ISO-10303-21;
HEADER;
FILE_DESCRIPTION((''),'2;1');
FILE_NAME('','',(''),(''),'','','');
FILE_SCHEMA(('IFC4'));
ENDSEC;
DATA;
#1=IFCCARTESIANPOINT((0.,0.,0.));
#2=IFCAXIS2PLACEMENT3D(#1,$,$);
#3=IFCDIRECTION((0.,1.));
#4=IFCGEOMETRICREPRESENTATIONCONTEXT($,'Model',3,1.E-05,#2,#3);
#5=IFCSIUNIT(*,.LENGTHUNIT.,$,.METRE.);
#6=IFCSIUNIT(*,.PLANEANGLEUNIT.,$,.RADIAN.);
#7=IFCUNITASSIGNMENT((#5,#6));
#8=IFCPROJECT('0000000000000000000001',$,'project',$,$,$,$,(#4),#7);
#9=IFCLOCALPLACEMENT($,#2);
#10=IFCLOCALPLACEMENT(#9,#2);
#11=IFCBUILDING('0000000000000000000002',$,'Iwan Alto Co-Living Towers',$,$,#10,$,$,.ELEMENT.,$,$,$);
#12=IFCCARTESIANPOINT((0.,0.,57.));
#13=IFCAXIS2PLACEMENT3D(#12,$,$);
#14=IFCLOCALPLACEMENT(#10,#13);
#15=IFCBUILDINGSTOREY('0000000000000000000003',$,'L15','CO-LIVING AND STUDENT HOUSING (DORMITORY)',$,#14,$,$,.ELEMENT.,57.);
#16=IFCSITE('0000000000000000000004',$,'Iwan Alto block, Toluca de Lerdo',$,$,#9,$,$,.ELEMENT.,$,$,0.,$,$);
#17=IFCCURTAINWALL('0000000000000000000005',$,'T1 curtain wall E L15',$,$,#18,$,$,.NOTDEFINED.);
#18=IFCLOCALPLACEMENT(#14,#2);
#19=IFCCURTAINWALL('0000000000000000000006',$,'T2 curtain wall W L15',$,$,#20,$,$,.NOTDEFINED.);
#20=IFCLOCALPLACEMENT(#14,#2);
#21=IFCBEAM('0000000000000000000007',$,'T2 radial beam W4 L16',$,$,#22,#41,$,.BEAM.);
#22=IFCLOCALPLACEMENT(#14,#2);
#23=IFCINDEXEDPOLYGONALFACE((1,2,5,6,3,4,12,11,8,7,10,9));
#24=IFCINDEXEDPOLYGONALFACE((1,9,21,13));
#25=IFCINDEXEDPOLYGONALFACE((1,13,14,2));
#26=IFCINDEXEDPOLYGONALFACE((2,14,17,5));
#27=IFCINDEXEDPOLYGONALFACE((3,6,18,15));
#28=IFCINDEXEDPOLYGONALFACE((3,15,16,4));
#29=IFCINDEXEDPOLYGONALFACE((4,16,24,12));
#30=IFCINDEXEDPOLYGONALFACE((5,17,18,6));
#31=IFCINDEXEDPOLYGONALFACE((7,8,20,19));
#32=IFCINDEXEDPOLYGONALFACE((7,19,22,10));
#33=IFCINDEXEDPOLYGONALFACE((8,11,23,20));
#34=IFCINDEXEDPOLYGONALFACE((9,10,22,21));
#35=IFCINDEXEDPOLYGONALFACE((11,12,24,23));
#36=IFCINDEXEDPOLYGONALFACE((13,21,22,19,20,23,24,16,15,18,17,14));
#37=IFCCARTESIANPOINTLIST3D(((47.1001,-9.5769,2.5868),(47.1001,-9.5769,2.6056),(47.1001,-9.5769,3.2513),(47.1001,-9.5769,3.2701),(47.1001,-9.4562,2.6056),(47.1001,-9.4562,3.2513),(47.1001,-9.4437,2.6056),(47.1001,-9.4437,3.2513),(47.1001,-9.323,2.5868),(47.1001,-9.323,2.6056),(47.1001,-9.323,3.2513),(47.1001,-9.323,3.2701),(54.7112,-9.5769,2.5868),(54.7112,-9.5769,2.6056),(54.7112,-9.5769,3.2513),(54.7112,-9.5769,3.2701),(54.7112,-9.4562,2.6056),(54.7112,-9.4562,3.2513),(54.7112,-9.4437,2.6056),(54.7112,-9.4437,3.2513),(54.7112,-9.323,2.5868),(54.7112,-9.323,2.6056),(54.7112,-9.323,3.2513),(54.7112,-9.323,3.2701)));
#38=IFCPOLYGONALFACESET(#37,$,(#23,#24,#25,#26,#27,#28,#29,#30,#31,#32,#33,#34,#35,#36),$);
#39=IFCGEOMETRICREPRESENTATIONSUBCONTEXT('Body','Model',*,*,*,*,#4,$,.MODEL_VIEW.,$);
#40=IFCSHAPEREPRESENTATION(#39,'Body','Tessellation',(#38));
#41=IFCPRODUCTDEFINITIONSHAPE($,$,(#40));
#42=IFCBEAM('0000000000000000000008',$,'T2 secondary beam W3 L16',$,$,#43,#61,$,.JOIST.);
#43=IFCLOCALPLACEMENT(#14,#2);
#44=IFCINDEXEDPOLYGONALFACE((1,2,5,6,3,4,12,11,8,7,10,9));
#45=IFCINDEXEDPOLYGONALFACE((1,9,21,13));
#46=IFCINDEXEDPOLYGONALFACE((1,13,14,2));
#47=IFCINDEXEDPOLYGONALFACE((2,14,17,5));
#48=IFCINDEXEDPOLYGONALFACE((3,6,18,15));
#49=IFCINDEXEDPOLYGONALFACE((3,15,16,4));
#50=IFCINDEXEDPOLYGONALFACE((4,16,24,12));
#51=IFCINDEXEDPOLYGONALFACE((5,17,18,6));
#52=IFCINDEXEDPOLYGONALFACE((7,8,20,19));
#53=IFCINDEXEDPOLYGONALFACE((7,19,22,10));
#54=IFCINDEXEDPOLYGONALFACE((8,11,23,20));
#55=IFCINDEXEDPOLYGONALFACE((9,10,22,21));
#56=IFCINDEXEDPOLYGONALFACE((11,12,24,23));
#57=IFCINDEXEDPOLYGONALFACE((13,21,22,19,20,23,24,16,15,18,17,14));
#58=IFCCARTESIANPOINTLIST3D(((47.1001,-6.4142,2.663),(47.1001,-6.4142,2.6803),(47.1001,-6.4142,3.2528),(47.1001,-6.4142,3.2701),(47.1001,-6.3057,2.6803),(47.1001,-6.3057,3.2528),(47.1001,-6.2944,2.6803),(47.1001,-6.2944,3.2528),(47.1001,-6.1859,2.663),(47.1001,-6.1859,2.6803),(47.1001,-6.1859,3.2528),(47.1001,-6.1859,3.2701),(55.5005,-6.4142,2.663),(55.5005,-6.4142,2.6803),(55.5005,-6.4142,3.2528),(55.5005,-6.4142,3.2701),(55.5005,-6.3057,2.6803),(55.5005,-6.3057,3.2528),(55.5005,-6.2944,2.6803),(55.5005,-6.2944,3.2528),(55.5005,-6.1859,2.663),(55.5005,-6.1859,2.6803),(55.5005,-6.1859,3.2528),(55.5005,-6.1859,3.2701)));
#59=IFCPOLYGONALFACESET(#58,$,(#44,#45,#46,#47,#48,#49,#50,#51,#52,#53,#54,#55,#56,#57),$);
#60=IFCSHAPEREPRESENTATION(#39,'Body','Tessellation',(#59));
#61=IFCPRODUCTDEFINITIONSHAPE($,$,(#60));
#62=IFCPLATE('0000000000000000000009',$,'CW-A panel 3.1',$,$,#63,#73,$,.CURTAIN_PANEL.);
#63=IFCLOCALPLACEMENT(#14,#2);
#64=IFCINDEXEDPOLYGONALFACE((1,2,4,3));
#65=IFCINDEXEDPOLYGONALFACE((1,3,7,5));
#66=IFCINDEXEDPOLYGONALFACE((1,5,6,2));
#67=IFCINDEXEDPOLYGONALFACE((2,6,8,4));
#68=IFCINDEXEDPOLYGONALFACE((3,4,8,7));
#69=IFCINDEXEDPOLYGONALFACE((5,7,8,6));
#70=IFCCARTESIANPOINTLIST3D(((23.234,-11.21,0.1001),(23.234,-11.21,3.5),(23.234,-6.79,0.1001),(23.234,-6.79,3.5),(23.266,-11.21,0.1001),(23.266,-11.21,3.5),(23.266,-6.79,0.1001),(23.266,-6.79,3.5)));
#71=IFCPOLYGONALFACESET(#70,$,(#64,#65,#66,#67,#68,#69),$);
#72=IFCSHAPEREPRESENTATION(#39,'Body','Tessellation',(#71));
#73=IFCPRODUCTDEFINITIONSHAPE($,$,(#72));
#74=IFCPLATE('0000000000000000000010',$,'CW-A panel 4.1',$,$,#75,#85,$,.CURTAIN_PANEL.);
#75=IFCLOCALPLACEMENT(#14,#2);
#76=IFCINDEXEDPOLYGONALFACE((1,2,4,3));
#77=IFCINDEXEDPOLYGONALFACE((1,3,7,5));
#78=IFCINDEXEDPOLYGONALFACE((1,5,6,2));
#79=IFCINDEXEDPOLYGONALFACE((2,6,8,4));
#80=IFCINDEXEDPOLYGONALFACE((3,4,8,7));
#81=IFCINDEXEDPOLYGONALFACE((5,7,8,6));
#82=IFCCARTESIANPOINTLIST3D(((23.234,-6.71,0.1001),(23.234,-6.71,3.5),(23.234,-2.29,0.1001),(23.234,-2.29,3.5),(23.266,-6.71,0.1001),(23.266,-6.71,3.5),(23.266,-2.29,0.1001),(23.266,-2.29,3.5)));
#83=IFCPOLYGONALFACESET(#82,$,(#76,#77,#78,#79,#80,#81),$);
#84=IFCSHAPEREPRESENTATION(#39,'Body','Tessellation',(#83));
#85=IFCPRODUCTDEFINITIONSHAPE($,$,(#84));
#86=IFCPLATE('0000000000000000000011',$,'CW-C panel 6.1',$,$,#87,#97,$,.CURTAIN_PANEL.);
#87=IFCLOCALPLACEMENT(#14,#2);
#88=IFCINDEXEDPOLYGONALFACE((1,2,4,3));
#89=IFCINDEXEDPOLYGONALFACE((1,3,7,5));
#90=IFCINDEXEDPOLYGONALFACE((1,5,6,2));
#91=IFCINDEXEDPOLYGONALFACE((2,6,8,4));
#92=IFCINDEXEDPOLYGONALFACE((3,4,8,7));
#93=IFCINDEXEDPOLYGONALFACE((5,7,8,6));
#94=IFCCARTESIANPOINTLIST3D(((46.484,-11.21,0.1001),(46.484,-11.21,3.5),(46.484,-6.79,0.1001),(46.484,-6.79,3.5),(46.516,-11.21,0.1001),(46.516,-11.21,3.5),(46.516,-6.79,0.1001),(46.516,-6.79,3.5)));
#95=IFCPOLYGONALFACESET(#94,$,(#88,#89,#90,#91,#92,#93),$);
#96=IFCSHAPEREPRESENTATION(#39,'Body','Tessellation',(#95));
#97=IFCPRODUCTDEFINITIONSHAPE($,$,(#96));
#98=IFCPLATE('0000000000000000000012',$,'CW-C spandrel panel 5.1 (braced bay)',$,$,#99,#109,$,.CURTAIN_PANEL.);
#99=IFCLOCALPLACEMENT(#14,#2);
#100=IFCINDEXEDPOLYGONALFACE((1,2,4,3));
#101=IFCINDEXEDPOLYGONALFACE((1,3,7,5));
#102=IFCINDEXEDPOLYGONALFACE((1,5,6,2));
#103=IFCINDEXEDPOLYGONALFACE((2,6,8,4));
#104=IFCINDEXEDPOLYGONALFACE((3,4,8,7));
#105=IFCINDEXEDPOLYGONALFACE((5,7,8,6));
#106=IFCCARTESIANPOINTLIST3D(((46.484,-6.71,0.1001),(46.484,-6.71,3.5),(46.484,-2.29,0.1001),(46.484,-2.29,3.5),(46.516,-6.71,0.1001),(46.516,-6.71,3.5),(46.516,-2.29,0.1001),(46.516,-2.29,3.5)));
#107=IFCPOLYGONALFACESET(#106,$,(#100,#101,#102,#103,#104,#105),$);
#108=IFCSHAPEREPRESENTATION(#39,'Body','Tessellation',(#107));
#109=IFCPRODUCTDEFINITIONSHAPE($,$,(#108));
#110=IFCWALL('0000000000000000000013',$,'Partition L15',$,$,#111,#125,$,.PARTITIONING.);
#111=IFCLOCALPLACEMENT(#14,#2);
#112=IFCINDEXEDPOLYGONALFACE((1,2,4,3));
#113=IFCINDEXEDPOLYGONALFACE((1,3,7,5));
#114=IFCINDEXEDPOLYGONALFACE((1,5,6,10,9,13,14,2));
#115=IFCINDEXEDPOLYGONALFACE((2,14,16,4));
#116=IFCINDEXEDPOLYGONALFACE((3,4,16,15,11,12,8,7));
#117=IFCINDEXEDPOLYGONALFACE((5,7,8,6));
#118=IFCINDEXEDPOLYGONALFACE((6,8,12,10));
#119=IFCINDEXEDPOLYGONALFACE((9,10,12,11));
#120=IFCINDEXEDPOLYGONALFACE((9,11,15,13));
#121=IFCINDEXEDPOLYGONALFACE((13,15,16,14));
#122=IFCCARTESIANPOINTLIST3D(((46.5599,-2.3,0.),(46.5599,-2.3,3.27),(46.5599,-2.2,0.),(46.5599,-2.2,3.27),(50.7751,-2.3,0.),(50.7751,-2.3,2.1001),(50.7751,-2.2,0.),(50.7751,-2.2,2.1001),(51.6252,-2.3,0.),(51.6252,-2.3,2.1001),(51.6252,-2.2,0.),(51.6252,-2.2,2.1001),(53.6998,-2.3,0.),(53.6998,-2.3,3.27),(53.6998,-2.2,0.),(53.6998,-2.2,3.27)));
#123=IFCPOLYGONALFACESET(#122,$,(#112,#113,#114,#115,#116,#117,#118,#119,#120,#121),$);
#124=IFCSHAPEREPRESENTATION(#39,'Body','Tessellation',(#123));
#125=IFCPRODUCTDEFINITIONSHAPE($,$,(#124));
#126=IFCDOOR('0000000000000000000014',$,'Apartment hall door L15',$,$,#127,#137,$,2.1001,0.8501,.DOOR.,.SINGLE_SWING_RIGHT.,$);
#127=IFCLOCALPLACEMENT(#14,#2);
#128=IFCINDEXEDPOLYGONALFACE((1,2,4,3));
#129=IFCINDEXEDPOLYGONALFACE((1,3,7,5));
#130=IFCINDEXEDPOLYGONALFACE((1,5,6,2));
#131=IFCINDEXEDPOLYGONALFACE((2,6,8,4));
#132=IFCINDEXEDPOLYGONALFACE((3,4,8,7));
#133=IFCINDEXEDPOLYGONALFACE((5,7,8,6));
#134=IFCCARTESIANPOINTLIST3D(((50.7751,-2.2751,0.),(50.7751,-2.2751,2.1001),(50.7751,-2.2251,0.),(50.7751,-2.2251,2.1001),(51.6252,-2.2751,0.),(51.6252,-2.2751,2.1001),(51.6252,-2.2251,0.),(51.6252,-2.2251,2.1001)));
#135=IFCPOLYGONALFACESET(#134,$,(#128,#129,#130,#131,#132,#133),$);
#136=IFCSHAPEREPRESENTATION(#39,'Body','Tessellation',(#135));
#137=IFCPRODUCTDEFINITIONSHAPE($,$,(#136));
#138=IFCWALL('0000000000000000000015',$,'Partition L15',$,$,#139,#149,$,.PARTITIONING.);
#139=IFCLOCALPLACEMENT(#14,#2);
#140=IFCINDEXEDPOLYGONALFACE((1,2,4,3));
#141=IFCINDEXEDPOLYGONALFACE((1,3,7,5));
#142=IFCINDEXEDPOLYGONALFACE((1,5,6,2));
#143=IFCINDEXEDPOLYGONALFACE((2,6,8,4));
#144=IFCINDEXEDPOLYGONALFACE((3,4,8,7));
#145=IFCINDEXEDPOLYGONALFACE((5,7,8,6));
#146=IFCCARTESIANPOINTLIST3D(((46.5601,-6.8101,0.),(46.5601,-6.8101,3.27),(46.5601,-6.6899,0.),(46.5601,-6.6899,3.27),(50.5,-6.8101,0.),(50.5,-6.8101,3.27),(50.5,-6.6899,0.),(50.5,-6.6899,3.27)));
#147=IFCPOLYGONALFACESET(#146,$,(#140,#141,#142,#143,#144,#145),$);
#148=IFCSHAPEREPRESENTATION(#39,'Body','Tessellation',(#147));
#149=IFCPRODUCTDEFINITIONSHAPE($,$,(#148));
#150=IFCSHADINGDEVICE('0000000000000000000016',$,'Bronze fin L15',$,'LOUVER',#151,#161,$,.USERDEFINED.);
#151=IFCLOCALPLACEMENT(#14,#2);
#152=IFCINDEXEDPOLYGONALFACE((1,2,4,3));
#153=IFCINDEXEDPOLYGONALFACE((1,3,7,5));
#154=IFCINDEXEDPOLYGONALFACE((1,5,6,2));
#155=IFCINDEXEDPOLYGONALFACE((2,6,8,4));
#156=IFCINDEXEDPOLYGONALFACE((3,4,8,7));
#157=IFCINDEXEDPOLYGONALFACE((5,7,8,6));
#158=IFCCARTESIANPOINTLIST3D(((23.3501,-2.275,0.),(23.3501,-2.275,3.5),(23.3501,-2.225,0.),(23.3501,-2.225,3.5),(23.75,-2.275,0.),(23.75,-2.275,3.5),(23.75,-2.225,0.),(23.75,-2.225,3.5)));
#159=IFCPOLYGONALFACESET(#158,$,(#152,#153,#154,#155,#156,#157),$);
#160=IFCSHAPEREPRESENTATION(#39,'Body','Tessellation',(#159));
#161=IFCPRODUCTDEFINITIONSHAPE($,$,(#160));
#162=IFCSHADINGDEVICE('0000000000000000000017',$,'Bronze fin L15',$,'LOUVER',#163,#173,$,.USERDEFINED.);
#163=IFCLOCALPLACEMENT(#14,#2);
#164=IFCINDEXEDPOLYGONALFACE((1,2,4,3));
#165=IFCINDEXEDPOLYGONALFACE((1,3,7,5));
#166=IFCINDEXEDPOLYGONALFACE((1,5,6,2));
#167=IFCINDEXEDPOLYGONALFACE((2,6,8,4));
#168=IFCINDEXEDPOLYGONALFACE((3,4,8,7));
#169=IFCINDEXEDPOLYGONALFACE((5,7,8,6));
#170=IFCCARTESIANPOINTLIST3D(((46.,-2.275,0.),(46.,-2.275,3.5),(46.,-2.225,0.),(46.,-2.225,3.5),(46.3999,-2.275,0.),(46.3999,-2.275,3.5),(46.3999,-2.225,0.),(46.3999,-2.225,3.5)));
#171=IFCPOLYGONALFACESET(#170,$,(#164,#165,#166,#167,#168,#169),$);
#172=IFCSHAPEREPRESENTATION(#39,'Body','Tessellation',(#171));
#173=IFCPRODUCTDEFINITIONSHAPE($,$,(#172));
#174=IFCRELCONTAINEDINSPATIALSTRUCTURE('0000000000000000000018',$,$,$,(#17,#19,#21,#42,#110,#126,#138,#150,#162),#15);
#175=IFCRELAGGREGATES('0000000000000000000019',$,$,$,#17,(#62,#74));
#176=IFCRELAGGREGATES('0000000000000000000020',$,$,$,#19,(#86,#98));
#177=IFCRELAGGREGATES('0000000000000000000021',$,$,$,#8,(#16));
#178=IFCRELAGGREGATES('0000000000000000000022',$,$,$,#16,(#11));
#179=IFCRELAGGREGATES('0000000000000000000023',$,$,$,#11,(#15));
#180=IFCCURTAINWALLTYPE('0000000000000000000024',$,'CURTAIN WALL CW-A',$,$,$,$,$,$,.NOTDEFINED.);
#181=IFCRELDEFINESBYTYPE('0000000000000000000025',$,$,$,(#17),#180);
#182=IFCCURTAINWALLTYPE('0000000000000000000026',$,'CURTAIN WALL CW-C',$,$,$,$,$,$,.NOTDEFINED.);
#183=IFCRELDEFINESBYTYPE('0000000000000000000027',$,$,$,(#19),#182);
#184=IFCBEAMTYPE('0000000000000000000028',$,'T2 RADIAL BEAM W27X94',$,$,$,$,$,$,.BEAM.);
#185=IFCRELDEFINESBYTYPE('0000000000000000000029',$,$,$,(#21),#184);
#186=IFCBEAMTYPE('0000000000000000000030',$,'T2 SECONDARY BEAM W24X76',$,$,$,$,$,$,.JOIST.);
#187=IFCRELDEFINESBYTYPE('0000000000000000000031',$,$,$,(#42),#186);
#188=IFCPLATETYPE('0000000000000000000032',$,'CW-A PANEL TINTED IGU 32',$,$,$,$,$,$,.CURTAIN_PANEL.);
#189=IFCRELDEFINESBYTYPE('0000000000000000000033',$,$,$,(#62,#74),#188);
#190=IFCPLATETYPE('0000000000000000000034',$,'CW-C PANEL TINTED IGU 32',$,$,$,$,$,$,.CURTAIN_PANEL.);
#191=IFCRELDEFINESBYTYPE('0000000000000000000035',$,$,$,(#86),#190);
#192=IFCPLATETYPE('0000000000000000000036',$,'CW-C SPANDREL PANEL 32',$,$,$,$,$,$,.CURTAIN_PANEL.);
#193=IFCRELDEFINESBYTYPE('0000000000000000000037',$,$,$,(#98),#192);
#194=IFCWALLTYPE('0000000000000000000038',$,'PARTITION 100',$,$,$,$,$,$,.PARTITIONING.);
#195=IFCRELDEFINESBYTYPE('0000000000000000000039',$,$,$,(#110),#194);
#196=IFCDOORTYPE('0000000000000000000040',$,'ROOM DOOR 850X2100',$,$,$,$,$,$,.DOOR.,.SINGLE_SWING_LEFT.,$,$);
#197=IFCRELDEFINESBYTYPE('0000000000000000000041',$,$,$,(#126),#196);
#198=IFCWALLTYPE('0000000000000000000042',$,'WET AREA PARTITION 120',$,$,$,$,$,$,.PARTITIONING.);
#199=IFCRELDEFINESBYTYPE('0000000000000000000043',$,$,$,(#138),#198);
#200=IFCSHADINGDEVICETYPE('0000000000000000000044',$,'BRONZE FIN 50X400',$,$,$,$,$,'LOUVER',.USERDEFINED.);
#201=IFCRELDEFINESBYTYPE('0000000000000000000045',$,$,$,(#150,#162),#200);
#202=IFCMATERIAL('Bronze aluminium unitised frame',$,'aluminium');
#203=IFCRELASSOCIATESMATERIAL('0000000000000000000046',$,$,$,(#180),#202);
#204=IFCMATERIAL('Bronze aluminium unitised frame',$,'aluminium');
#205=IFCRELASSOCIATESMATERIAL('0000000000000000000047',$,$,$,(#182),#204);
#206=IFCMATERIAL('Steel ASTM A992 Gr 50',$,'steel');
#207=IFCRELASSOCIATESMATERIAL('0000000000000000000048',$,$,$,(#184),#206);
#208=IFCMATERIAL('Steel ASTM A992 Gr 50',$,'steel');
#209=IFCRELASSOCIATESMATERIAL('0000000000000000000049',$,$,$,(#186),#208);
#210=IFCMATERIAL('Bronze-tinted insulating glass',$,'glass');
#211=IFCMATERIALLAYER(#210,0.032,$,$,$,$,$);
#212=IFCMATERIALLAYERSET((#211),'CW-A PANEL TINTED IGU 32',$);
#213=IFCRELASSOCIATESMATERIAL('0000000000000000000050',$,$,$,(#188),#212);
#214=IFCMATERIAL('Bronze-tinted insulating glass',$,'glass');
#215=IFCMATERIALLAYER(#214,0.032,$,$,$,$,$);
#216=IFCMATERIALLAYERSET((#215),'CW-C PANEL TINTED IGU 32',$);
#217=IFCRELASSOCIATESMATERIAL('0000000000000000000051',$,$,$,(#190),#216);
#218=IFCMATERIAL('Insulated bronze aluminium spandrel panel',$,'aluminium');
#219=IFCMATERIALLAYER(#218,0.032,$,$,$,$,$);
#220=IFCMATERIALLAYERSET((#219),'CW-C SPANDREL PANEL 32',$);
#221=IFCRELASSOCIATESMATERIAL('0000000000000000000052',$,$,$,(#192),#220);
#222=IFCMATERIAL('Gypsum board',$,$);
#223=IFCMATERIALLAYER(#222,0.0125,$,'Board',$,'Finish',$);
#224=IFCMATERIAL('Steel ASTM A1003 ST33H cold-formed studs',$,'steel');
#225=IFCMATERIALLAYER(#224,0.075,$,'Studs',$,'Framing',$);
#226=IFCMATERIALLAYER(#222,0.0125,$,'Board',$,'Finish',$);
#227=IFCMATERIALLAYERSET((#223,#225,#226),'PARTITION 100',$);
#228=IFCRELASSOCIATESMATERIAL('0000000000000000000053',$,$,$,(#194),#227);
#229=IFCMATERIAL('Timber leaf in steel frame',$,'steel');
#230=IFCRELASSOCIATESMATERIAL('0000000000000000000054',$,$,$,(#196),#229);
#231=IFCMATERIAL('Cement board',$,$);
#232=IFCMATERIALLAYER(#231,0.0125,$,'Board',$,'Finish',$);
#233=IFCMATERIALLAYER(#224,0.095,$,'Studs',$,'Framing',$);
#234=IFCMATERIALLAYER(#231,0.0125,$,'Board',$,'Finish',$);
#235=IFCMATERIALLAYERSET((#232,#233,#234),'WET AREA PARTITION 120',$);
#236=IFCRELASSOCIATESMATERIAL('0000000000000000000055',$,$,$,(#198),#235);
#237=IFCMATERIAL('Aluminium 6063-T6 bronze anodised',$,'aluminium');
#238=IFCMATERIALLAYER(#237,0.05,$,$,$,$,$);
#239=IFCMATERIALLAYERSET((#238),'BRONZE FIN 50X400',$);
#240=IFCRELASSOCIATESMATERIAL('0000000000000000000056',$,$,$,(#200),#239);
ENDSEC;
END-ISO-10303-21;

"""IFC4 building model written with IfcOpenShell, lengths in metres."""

from ifc_helpers import new_model, si_unit, direction, frame, frame_2d, origin, origin_2d, place, context, subcontext, project, spatial, rectangle, i_section, extrude, material, layer, layer_set, material_profile, profile_set, type_object, element, fill, aggregate, save


model = new_model("IFC4")

# Units and contexts
model_context = context("Model", 3, precision=1e-05, world=origin(), true_north=direction((0.0, 1.0)))
body_context = subcontext(model_context, "Body", "Model", "MODEL_VIEW")
ifc_project = project(units=[si_unit("LENGTHUNIT", "METRE"), si_unit("PLANEANGLEUNIT", "RADIAN")], contexts=[model_context])

# Site, building, storey
site_placement = place(None, origin())
site = spatial("IfcSite", under=ifc_project, at=site_placement, Name="Iwan Alto block, Toluca de Lerdo", CompositionType="ELEMENT", RefElevation=0.0)
building_placement = place(site_placement, origin())
building = spatial("IfcBuilding", under=site, at=building_placement, Name="Iwan Alto Co-Living Towers", CompositionType="ELEMENT")
storey_placement = place(building_placement, frame((0.0, 0.0, 57.0)))
storey = spatial("IfcBuildingStorey", under=building, at=storey_placement, Name="L15", Description="CO-LIVING AND STUDENT HOUSING (DORMITORY)", CompositionType="ELEMENT", Elevation=57.0)

# Curtain walls
ifc_material_1 = material(Name="Bronze aluminium unitised frame", Category="aluminium")
curtain_wall_type_1 = type_object("IfcCurtainWallType", Name="CURTAIN WALL CW-A", PredefinedType="NOTDEFINED", material=ifc_material_1)
curtain_wall_1_placement = place(storey_placement, origin())
curtain_wall_1 = element("IfcCurtainWall", 1, at=curtain_wall_1_placement, inside=storey, type_object=curtain_wall_type_1, Name="T1 curtain wall E L15", PredefinedType="NOTDEFINED")
ifc_material_2 = material(Name="Bronze aluminium unitised frame", Category="aluminium")
curtain_wall_type_2 = type_object("IfcCurtainWallType", Name="CURTAIN WALL CW-C", PredefinedType="NOTDEFINED", material=ifc_material_2)
curtain_wall_2_placement = place(storey_placement, origin())
curtain_wall_2 = element("IfcCurtainWall", 2, at=curtain_wall_2_placement, inside=storey, type_object=curtain_wall_type_2, Name="T2 curtain wall W L15", PredefinedType="NOTDEFINED")

# Beams
ifc_material_3 = material(Name="Steel ASTM A992 Gr 50", Category="steel")
ifc_material_profile_1 = material_profile(ifc_material_3, i_section(OverallWidth=0.2539, OverallDepth=0.6833, WebThickness=0.0125, FlangeThickness=0.0188, at=origin_2d()), Name="W27X94")
ifc_profile_set_1 = profile_set([ifc_material_profile_1], Name="Steel ASTM A992 Gr 50")
beam_type_1 = type_object("IfcBeamType", Name="T2 RADIAL BEAM W27X94", PredefinedType="BEAM", material=ifc_profile_set_1)
beam_1_placement = place(storey_placement, frame((47.1001, -9.45, 2.9285), z_axis=(1.0, 0.0, 0.0), x_axis=(0.0, 1.0, 0.0)))
element("IfcBeam", 3, at=beam_1_placement, inside=storey, type_object=beam_type_1, Name="T2 radial beam W4 L16", PredefinedType="BEAM", context=body_context, shape_type="SweptSolid", body=[
    extrude(i_section(OverallWidth=0.2539, OverallDepth=0.6833, WebThickness=0.0125, FlangeThickness=0.0188, at=origin_2d()), origin(), (0.0, 0.0, 1.0), 7.6111),
])
ifc_material_4 = material(Name="Steel ASTM A992 Gr 50", Category="steel")
ifc_material_profile_2 = material_profile(ifc_material_4, i_section(OverallWidth=0.2283, OverallDepth=0.6072, WebThickness=0.0112, FlangeThickness=0.0173, at=origin_2d()), Name="W24X76")
ifc_profile_set_2 = profile_set([ifc_material_profile_2], Name="Steel ASTM A992 Gr 50")
beam_type_2 = type_object("IfcBeamType", Name="T2 SECONDARY BEAM W24X76", PredefinedType="JOIST", material=ifc_profile_set_2)
beam_2_placement = place(storey_placement, frame((47.1001, -6.3, 2.9666), z_axis=(1.0, 0.0, 0.0), x_axis=(0.0, 1.0, 0.0)))
element("IfcBeam", 4, at=beam_2_placement, inside=storey, type_object=beam_type_2, Name="T2 secondary beam W3 L16", PredefinedType="JOIST", context=body_context, shape_type="SweptSolid", body=[
    extrude(i_section(OverallWidth=0.2283, OverallDepth=0.6072, WebThickness=0.0112, FlangeThickness=0.0173, at=origin_2d()), origin(), (0.0, 0.0, 1.0), 8.4004),
])

# Plates
ifc_material_5 = material(Name="Bronze-tinted insulating glass", Category="glass")
ifc_layer_1 = layer(ifc_material_5, 0.032)
ifc_layer_set_1 = layer_set([ifc_layer_1], Name="CW-A PANEL TINTED IGU 32")
plate_type_1 = type_object("IfcPlateType", Name="CW-A PANEL TINTED IGU 32", PredefinedType="CURTAIN_PANEL", material=ifc_layer_set_1)
plate_1_placement = place(storey_placement, frame((23.25, -9.0, 0.1001), z_axis=(0.0, 0.0, 1.0), x_axis=(0.0, 1.0, 0.0)))
plate_1 = element("IfcPlate", 5, at=plate_1_placement, type_object=plate_type_1, Name="CW-A panel 3.1", PredefinedType="CURTAIN_PANEL", context=body_context, shape_type="SweptSolid", body=[
    extrude(rectangle(XDim=4.4199, YDim=0.032, at=origin_2d()), origin(), (0.0, 0.0, 1.0), 3.3999),
])
plate_2_placement = place(storey_placement, frame((23.25, -4.5, 0.1001), z_axis=(0.0, 0.0, 1.0), x_axis=(0.0, 1.0, 0.0)))
plate_2 = element("IfcPlate", 6, at=plate_2_placement, type_object=plate_type_1, Name="CW-A panel 4.1", PredefinedType="CURTAIN_PANEL", context=body_context, shape_type="SweptSolid", body=[
    extrude(rectangle(XDim=4.4199, YDim=0.032, at=origin_2d()), origin(), (0.0, 0.0, 1.0), 3.3999),
])
aggregate(curtain_wall_1, [plate_1, plate_2])
ifc_material_6 = material(Name="Bronze-tinted insulating glass", Category="glass")
ifc_layer_2 = layer(ifc_material_6, 0.032)
ifc_layer_set_2 = layer_set([ifc_layer_2], Name="CW-C PANEL TINTED IGU 32")
plate_type_2 = type_object("IfcPlateType", Name="CW-C PANEL TINTED IGU 32", PredefinedType="CURTAIN_PANEL", material=ifc_layer_set_2)
plate_3_placement = place(storey_placement, frame((46.5, -9.0, 0.1001), z_axis=(0.0, 0.0, 1.0), x_axis=(0.0, -1.0, 0.0)))
plate_3 = element("IfcPlate", 7, at=plate_3_placement, type_object=plate_type_2, Name="CW-C panel 6.1", PredefinedType="CURTAIN_PANEL", context=body_context, shape_type="SweptSolid", body=[
    extrude(rectangle(XDim=4.4199, YDim=0.032, at=origin_2d()), origin(), (0.0, 0.0, 1.0), 3.3999),
])
ifc_material_7 = material(Name="Insulated bronze aluminium spandrel panel", Category="aluminium")
ifc_layer_3 = layer(ifc_material_7, 0.032)
ifc_layer_set_3 = layer_set([ifc_layer_3], Name="CW-C SPANDREL PANEL 32")
plate_type_3 = type_object("IfcPlateType", Name="CW-C SPANDREL PANEL 32", PredefinedType="CURTAIN_PANEL", material=ifc_layer_set_3)
plate_4_placement = place(storey_placement, frame((46.5, -4.5, 0.1001), z_axis=(0.0, 0.0, 1.0), x_axis=(0.0, -1.0, 0.0)))
plate_4 = element("IfcPlate", 8, at=plate_4_placement, type_object=plate_type_3, Name="CW-C spandrel panel 5.1 (braced bay)", PredefinedType="CURTAIN_PANEL", context=body_context, shape_type="SweptSolid", body=[
    extrude(rectangle(XDim=4.4199, YDim=0.032, at=origin_2d()), origin(), (0.0, 0.0, 1.0), 3.3999),
])
aggregate(curtain_wall_2, [plate_3, plate_4])

# Wall, opening, door
ifc_material_8 = material(Name="Gypsum board")
ifc_layer_4 = layer(ifc_material_8, 0.0125, Name="Board", Category="Finish")
ifc_material_9 = material(Name="Steel ASTM A1003 ST33H cold-formed studs", Category="steel")
ifc_layer_5 = layer(ifc_material_9, 0.075, Name="Studs", Category="Framing")
ifc_layer_6 = layer(ifc_material_8, 0.0125, Name="Board", Category="Finish")
ifc_layer_set_4 = layer_set([ifc_layer_4, ifc_layer_5, ifc_layer_6], Name="PARTITION 100")
wall_type_1 = type_object("IfcWallType", Name="PARTITION 100", PredefinedType="PARTITIONING", material=ifc_layer_set_4)
wall_1_placement = place(storey_placement, frame((46.5601, -2.25, 0.0), z_axis=(0.0, 0.0, 1.0), x_axis=(1.0, 0.0, 0.0)))
wall_1 = element("IfcWall", 9, at=wall_1_placement, inside=storey, type_object=wall_type_1, Name="Partition L15", PredefinedType="PARTITIONING", context=body_context, shape_type="SweptSolid", body=[
    extrude(rectangle(XDim=7.1399, YDim=0.1001, at=frame_2d((3.5698, 0.0))), origin(), (0.0, 0.0, 1.0), 3.27),
])
opening_placement = place(wall_1_placement, frame((4.2151, 0.0, 0.0)))
opening = element("IfcOpeningElement", 10, at=opening_placement, cuts=wall_1, PredefinedType="OPENING", context=body_context, shape_type="SweptSolid", body=[
    extrude(rectangle(XDim=0.8501, YDim=2.1001, at=frame_2d((0.425, 1.05))), frame((0.0, 0.0601, 0.0), z_axis=(0.0, -1.0, 0.0), x_axis=(1.0, 0.0, 0.0)), (0.0, 0.0, 1.0), 0.1201),
])
ifc_material_10 = material(Name="Timber leaf in steel frame", Category="steel")
door_type = type_object("IfcDoorType", Name="ROOM DOOR 850X2100", OperationType="SINGLE_SWING_LEFT", PredefinedType="DOOR", material=ifc_material_10)
door_placement = place(opening_placement, origin())
door = element("IfcDoor", 11, at=door_placement, inside=storey, type_object=door_type, Name="Apartment hall door L15", OperationType="SINGLE_SWING_RIGHT", OverallHeight=2.1001, OverallWidth=0.8501, PredefinedType="DOOR", context=body_context, shape_type="SweptSolid", body=[
    extrude(rectangle(XDim=0.8501, YDim=2.1001, at=frame_2d((0.425, 1.05))), frame((0.0, 0.0249, 0.0), z_axis=(0.0, -1.0, 0.0), x_axis=(1.0, 0.0, 0.0)), (0.0, 0.0, 1.0), 0.05),
])
fill(opening, door)

# Wall
ifc_material_11 = material(Name="Cement board")
ifc_layer_7 = layer(ifc_material_11, 0.0125, Name="Board", Category="Finish")
ifc_layer_8 = layer(ifc_material_9, 0.095, Name="Studs", Category="Framing")
ifc_layer_9 = layer(ifc_material_11, 0.0125, Name="Board", Category="Finish")
ifc_layer_set_5 = layer_set([ifc_layer_7, ifc_layer_8, ifc_layer_9], Name="WET AREA PARTITION 120")
wall_type_2 = type_object("IfcWallType", Name="WET AREA PARTITION 120", PredefinedType="PARTITIONING", material=ifc_layer_set_5)
wall_2_placement = place(storey_placement, frame((46.5601, -6.75, 0.0), z_axis=(0.0, 0.0, 1.0), x_axis=(1.0, 0.0, 0.0)))
element("IfcWall", 12, at=wall_2_placement, inside=storey, type_object=wall_type_2, Name="Partition L15", PredefinedType="PARTITIONING", context=body_context, shape_type="SweptSolid", body=[
    extrude(rectangle(XDim=3.9399, YDim=0.1201, at=frame_2d((1.97, 0.0))), origin(), (0.0, 0.0, 1.0), 3.27),
])

# Shading devices
ifc_material_12 = material(Name="Aluminium 6063-T6 bronze anodised", Category="aluminium")
ifc_layer_10 = layer(ifc_material_12, 0.05)
ifc_layer_set_6 = layer_set([ifc_layer_10], Name="BRONZE FIN 50X400")
shading_device_type = type_object("IfcShadingDeviceType", Name="BRONZE FIN 50X400", ElementType="LOUVER", PredefinedType="USERDEFINED", material=ifc_layer_set_6)
for number, where, z_axis, x_axis, name in (
    (13, (23.55, -2.25, 0.0), (0.0, 0.0, 1.0), (0.0, 1.0, 0.0), "Bronze fin L15"),
    (14, (46.2, -2.25, 0.0), (0.0, 0.0, 1.0), (0.0, -1.0, 0.0), "Bronze fin L15"),
):
    element("IfcShadingDevice", number, at=place(storey_placement, frame(where, z_axis=z_axis, x_axis=x_axis)), inside=storey, type_object=shading_device_type, Name=name, ObjectType="LOUVER", PredefinedType="USERDEFINED", context=body_context, shape_type="SweptSolid", body=[
        extrude(rectangle(XDim=0.05, YDim=0.3999, at=origin_2d()), origin(), (0.0, 0.0, 1.0), 3.5),
    ])

save(model, "model.ifc")
